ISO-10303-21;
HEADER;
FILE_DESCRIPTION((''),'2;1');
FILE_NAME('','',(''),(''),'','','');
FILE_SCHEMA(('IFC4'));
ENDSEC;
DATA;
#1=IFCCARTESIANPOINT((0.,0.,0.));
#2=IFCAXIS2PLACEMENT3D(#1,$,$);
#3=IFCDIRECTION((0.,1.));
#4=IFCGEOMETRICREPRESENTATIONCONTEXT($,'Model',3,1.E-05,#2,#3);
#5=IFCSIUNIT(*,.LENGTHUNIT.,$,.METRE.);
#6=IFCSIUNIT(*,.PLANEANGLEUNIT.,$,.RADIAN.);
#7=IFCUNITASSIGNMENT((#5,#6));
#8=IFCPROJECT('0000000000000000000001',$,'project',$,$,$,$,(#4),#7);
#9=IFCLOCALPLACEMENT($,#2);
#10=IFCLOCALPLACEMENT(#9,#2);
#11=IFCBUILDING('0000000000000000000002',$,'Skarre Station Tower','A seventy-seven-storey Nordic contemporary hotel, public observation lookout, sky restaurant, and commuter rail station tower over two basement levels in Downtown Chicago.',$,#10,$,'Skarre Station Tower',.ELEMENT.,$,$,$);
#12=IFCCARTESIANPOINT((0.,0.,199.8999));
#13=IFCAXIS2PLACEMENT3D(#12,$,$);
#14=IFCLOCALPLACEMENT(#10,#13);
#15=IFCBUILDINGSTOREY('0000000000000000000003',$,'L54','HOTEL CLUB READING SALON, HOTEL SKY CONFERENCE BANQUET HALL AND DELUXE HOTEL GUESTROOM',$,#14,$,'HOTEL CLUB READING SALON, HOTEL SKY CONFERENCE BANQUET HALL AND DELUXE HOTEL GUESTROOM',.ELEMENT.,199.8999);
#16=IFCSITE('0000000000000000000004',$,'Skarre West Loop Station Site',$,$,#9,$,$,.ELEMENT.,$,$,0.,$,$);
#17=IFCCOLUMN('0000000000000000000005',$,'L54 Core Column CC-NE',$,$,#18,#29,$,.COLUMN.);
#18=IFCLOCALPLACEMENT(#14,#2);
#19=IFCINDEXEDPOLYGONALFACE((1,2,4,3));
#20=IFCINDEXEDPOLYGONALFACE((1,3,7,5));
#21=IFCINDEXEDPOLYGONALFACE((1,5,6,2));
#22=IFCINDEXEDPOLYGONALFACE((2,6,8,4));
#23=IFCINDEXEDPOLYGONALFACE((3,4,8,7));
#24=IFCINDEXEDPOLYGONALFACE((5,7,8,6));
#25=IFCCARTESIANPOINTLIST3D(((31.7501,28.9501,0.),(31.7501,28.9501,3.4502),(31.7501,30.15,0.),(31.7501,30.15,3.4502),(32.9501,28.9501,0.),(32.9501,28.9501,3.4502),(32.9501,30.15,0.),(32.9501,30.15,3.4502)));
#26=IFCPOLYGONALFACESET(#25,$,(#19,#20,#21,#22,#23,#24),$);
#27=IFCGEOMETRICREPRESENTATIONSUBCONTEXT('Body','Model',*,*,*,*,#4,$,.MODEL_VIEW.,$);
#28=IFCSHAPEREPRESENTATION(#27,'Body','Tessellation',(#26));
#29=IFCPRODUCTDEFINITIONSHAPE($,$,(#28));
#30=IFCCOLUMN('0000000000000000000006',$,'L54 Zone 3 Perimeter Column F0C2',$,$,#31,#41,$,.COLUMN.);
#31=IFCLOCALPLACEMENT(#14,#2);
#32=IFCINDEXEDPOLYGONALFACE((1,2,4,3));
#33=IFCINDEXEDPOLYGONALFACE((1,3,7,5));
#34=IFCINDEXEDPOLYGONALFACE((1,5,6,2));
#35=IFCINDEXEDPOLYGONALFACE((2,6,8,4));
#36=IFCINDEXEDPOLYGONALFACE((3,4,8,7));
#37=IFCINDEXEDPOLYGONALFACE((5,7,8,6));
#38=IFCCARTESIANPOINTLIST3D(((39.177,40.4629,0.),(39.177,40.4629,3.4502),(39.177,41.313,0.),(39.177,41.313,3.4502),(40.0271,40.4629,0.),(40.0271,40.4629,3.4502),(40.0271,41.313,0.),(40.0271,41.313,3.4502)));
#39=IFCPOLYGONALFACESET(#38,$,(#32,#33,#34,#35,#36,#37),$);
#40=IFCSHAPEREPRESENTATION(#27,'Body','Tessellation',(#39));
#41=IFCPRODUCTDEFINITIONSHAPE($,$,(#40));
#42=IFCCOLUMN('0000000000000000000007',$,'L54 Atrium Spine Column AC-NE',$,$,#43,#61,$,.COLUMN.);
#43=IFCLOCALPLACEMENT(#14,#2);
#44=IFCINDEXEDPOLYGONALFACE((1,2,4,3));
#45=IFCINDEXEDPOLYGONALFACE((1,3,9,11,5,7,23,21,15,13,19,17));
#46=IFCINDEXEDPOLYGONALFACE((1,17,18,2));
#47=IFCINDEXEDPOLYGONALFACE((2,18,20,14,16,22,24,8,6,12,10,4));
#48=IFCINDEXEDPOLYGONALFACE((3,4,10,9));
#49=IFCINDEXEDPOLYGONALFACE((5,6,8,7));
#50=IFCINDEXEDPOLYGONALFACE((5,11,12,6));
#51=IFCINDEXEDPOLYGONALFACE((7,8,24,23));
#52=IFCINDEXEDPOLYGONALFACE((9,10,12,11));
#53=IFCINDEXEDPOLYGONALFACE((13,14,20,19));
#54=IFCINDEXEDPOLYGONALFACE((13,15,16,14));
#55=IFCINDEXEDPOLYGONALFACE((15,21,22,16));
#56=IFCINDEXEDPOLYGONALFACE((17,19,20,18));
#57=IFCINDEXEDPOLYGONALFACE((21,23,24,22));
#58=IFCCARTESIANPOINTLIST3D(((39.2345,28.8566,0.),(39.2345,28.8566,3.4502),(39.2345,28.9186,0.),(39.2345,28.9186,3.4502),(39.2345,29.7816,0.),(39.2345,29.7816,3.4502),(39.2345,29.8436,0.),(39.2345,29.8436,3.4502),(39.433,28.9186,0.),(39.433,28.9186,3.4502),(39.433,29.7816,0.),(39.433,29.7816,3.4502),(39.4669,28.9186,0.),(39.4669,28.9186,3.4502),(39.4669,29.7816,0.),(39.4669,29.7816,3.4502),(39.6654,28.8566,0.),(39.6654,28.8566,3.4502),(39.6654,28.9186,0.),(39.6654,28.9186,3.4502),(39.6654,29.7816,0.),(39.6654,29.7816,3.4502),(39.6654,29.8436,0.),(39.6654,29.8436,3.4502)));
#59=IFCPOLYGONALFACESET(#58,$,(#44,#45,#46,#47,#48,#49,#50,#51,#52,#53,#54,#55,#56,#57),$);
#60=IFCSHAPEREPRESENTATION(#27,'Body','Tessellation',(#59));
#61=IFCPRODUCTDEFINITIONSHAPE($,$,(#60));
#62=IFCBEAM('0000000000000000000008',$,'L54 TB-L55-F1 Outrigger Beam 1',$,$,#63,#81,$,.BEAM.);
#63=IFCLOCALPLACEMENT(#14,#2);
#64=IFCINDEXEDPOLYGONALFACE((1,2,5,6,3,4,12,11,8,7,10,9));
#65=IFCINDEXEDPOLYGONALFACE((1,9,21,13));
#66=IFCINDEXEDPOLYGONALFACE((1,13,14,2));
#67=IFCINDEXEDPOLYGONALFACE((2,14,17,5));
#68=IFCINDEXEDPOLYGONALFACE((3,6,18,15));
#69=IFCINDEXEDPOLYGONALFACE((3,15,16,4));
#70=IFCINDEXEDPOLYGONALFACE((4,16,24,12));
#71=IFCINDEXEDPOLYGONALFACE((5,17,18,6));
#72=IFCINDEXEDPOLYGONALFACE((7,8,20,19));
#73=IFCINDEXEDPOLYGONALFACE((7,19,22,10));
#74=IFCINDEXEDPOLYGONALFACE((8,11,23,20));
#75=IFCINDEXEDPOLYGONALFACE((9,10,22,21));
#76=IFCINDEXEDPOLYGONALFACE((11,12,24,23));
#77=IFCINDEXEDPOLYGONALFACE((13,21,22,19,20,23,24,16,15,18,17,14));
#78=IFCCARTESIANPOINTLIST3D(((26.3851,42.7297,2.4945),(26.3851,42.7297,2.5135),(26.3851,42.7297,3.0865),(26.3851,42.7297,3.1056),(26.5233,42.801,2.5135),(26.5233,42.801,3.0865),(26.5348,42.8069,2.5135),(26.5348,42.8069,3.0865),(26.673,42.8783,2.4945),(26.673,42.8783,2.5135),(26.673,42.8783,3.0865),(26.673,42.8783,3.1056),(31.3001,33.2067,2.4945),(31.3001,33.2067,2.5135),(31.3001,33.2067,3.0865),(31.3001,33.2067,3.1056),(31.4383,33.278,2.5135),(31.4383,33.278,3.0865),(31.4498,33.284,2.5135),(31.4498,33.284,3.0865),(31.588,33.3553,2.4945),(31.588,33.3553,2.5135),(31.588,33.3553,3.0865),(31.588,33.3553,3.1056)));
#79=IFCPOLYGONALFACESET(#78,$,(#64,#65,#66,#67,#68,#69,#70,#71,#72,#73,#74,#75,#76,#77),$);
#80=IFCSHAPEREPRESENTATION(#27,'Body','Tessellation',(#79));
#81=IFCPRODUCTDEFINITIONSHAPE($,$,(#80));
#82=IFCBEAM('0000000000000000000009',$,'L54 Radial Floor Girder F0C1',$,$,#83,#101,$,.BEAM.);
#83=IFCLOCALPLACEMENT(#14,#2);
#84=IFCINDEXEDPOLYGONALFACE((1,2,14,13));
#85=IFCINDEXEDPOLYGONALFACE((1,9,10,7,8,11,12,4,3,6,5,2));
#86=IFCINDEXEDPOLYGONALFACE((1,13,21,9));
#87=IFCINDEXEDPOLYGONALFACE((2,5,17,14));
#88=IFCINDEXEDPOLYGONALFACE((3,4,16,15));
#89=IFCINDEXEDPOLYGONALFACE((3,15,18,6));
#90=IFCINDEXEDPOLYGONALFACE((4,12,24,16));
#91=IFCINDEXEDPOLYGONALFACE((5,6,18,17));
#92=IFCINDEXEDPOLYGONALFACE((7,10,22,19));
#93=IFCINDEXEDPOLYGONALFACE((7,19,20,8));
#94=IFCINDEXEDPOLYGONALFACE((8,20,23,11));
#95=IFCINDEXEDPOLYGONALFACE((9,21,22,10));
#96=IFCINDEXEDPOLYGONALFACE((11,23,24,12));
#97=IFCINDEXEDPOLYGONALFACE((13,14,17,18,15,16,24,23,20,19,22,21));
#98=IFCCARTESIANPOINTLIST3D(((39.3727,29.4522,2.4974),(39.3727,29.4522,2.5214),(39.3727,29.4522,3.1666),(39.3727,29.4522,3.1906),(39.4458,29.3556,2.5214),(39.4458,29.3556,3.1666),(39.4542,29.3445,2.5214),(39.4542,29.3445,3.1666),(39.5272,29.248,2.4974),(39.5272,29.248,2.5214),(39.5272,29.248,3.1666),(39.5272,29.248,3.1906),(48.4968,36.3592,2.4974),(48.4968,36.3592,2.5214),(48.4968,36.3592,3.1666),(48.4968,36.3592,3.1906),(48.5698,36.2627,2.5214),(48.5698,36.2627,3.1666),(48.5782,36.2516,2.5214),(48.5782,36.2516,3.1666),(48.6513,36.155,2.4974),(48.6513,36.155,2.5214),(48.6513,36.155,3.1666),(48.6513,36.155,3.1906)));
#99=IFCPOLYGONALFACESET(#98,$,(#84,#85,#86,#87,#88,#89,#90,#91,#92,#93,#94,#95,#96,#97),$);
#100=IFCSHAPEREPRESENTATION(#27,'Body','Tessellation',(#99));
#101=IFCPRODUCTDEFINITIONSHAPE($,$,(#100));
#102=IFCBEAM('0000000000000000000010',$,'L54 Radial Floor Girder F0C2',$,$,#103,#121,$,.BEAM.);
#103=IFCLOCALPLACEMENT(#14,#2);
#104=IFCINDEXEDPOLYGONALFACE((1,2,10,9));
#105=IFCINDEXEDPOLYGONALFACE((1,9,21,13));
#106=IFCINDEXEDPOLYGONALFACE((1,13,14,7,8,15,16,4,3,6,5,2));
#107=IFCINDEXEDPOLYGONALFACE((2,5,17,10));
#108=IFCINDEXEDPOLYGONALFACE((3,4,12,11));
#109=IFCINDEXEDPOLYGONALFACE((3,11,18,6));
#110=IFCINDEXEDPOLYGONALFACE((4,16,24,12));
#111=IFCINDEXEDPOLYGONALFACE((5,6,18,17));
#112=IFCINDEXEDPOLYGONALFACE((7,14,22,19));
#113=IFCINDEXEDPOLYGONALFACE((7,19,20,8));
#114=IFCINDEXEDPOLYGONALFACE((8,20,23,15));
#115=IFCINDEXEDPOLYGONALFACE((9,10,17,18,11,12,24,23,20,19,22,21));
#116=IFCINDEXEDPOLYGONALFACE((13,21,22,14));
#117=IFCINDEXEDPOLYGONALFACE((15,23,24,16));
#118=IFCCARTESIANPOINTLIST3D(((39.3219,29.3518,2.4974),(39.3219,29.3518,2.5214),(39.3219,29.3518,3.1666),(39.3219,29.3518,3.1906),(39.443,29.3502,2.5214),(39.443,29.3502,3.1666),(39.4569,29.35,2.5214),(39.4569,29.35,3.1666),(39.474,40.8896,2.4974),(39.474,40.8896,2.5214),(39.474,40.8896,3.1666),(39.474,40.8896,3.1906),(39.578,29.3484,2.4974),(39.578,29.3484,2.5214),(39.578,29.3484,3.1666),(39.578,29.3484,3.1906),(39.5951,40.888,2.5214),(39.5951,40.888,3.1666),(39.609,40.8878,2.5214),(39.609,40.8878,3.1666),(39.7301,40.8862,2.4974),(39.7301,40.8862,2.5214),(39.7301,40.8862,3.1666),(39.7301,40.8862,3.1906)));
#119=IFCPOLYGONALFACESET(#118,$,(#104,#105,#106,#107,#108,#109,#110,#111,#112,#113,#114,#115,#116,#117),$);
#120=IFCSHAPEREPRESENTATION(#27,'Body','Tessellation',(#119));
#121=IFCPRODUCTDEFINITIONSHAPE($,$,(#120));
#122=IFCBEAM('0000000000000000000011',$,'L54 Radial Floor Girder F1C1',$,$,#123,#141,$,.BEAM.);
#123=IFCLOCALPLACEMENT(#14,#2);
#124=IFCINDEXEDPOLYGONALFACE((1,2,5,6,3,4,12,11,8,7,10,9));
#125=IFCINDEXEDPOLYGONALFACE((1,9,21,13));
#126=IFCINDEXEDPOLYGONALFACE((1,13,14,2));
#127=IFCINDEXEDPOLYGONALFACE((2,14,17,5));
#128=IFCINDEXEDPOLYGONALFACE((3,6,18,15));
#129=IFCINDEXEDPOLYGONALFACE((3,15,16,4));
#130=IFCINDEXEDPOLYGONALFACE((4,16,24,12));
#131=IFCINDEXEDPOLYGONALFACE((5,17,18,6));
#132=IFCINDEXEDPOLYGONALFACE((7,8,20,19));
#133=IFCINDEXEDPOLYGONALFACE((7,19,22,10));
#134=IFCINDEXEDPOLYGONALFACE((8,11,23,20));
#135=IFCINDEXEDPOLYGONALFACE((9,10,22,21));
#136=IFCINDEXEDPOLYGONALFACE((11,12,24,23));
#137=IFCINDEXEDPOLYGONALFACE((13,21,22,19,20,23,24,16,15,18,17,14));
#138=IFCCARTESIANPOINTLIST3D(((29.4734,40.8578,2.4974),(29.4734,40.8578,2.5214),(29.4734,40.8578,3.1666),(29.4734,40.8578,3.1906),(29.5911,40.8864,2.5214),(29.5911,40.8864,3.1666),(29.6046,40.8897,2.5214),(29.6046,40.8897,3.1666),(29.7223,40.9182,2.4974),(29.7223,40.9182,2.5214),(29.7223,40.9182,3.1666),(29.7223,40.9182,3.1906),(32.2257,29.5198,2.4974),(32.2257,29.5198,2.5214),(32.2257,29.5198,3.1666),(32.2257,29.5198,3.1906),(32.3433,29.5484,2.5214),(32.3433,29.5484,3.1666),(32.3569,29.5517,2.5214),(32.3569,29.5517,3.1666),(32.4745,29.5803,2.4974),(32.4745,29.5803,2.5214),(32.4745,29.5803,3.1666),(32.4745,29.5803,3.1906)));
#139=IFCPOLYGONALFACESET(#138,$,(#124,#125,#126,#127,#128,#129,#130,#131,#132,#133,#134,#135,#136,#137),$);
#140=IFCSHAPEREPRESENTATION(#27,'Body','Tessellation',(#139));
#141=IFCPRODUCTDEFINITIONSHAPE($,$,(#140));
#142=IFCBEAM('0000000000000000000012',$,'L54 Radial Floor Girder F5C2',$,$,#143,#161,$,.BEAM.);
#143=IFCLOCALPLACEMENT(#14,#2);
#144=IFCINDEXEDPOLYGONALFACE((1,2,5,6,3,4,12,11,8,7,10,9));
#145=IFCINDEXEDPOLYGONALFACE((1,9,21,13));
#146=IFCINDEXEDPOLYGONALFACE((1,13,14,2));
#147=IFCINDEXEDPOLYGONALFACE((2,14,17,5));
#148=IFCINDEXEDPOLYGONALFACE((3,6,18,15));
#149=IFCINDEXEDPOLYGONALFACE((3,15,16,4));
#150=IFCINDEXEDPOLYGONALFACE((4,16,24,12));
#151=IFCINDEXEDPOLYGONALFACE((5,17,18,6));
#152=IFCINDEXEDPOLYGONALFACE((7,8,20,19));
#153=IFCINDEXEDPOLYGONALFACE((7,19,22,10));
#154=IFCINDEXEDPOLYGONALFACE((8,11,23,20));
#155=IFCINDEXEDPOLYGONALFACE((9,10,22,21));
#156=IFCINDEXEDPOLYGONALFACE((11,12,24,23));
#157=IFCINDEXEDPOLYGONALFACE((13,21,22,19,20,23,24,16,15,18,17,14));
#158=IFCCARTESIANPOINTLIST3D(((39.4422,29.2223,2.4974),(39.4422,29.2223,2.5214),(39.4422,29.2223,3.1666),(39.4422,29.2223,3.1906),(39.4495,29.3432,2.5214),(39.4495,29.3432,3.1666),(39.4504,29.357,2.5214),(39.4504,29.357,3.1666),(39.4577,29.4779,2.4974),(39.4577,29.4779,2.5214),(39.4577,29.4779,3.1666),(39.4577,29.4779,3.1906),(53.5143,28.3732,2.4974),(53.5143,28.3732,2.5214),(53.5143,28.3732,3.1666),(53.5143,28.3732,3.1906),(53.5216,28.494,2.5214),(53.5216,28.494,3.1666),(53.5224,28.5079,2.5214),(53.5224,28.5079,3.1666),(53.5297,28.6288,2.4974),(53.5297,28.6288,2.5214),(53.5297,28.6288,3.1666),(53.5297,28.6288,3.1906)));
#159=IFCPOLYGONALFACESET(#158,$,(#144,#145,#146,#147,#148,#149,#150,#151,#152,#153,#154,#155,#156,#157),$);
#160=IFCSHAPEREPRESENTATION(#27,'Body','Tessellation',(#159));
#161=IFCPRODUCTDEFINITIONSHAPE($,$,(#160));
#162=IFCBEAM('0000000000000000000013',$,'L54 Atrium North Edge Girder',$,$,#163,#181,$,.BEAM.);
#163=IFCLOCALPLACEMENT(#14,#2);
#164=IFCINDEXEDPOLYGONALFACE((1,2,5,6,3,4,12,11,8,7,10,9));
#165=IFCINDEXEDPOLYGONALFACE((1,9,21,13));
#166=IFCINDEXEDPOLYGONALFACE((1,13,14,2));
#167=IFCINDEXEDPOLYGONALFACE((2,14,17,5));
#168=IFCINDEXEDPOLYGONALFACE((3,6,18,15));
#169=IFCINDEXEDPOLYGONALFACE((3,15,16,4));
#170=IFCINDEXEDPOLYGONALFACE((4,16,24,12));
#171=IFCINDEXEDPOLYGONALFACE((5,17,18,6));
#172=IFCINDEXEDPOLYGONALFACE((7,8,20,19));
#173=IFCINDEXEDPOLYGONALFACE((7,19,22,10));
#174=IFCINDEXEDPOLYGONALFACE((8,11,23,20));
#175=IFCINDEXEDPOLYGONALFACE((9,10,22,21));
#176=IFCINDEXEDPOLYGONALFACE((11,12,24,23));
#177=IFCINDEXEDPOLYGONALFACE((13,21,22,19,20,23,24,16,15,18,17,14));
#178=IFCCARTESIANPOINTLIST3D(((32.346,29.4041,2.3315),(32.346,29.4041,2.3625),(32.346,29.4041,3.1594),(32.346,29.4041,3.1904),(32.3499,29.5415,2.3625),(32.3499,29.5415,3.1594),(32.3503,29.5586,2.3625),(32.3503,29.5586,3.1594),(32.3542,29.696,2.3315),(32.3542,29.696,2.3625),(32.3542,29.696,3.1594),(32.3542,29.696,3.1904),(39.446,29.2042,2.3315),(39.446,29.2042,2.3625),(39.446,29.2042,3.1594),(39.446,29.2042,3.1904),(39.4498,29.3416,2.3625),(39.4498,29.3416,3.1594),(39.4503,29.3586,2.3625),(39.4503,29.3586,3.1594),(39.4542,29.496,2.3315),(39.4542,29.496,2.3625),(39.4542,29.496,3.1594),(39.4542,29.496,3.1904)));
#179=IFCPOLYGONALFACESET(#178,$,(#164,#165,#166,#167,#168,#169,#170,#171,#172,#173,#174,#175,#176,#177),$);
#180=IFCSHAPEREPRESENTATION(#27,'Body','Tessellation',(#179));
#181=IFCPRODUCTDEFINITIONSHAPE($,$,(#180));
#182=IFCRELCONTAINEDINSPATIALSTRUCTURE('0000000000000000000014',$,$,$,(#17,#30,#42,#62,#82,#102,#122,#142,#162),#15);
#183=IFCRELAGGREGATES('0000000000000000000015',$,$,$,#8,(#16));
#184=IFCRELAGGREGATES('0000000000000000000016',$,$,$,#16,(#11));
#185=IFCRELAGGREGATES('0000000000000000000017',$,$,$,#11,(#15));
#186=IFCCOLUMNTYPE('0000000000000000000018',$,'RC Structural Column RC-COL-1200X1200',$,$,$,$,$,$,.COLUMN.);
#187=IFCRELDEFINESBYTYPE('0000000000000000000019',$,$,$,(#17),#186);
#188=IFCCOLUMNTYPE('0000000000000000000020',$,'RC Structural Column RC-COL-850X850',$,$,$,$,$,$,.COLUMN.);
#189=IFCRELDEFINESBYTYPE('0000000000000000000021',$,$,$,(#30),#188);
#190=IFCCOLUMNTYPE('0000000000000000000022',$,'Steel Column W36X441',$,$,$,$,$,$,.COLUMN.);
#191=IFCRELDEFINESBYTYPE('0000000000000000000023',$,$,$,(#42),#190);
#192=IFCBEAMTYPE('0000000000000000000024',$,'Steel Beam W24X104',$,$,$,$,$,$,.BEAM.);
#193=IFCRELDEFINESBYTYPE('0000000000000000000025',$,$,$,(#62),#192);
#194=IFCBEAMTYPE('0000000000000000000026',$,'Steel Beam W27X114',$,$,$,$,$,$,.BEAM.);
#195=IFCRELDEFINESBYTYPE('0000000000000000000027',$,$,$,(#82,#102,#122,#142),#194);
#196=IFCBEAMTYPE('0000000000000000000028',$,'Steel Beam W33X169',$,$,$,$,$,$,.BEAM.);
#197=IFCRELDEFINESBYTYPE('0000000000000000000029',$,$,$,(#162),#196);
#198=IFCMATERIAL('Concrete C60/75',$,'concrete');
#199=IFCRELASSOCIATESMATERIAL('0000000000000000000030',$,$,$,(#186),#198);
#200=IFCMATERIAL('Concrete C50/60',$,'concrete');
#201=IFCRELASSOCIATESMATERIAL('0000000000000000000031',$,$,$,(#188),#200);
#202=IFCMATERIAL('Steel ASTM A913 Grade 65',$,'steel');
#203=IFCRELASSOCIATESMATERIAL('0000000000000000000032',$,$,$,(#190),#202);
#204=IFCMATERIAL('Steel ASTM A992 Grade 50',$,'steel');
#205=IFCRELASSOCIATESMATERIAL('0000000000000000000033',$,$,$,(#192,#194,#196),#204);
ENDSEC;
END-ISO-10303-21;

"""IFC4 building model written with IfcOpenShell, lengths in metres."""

from ifc_helpers import new_model, si_unit, direction, frame, origin, origin_2d, place, context, subcontext, project, spatial, rectangle, i_section, extrude, material, material_profile, profile_set, type_object, element, save


model = new_model("IFC4")

# Units and contexts
model_context = context("Model", 3, precision=1e-05, world=origin(), true_north=direction((0.0, 1.0)))
body_context = subcontext(model_context, "Body", "Model", "MODEL_VIEW")
ifc_project = project(units=[si_unit("LENGTHUNIT", "METRE"), si_unit("PLANEANGLEUNIT", "RADIAN")], contexts=[model_context])

# Site, building, storey
site_placement = place(None, origin())
site = spatial("IfcSite", under=ifc_project, at=site_placement, Name="Skarre West Loop Station Site", CompositionType="ELEMENT", RefElevation=0.0)
building_placement = place(site_placement, origin())
building = spatial("IfcBuilding", under=site, at=building_placement, Name="Skarre Station Tower", Description="A seventy-seven-storey Nordic contemporary hotel, public observation lookout, sky restaurant, and commuter rail station tower over two basement levels in Downtown Chicago.", LongName="Skarre Station Tower", CompositionType="ELEMENT")
storey_placement = place(building_placement, frame((0.0, 0.0, 199.8999)))
storey = spatial("IfcBuildingStorey", under=building, at=storey_placement, Name="L54", Description="HOTEL CLUB READING SALON, HOTEL SKY CONFERENCE BANQUET HALL AND DELUXE HOTEL GUESTROOM", LongName="HOTEL CLUB READING SALON, HOTEL SKY CONFERENCE BANQUET HALL AND DELUXE HOTEL GUESTROOM", CompositionType="ELEMENT", Elevation=199.8999)

# Columns
ifc_material_1 = material(Name="Concrete C60/75", Category="concrete")
ifc_material_profile_1 = material_profile(ifc_material_1, rectangle(XDim=1.2, YDim=1.2, at=origin_2d()), Name="Concrete C60/75")
ifc_profile_set_1 = profile_set([ifc_material_profile_1], Name="Concrete C60/75")
column_type_1 = type_object("IfcColumnType", Name="RC Structural Column RC-COL-1200X1200", PredefinedType="COLUMN", material=ifc_profile_set_1)
column_1_placement = place(storey_placement, frame((32.3501, 29.55, 0.0), z_axis=(0.0, 0.0, 1.0), x_axis=(1.0, 0.0, 0.0)))
element("IfcColumn", 1, at=column_1_placement, inside=storey, type_object=column_type_1, Name="L54 Core Column CC-NE", PredefinedType="COLUMN", context=body_context, shape_type="SweptSolid", body=[
    extrude(rectangle(XDim=1.2, YDim=1.2, at=origin_2d()), origin(), (0.0, 0.0, 1.0), 3.4502),
])
ifc_material_2 = material(Name="Concrete C50/60", Category="concrete")
ifc_material_profile_2 = material_profile(ifc_material_2, rectangle(XDim=0.8501, YDim=0.8501, at=origin_2d()), Name="Concrete C50/60")
ifc_profile_set_2 = profile_set([ifc_material_profile_2], Name="Concrete C50/60")
column_type_2 = type_object("IfcColumnType", Name="RC Structural Column RC-COL-850X850", PredefinedType="COLUMN", material=ifc_profile_set_2)
column_2_placement = place(storey_placement, frame((39.6021, 40.8879, 0.0), z_axis=(0.0, 0.0, 1.0), x_axis=(1.0, 0.0, 0.0)))
element("IfcColumn", 2, at=column_2_placement, inside=storey, type_object=column_type_2, Name="L54 Zone 3 Perimeter Column F0C2", PredefinedType="COLUMN", context=body_context, shape_type="SweptSolid", body=[
    extrude(rectangle(XDim=0.8501, YDim=0.8501, at=origin_2d()), origin(), (0.0, 0.0, 1.0), 3.4502),
])
ifc_material_3 = material(Name="Steel ASTM A913 Grade 65", Category="steel")
ifc_material_profile_3 = material_profile(ifc_material_3, i_section(OverallWidth=0.4309, OverallDepth=0.9871, WebThickness=0.0339, FlangeThickness=0.062, at=origin_2d()), Name="Steel ASTM A913 Grade 65")
ifc_profile_set_3 = profile_set([ifc_material_profile_3], Name="Steel ASTM A913 Grade 65")
column_type_3 = type_object("IfcColumnType", Name="Steel Column W36X441", PredefinedType="COLUMN", material=ifc_profile_set_3)
column_3_placement = place(storey_placement, frame((39.45, 29.3501, 0.0), z_axis=(0.0, 0.0, 1.0), x_axis=(1.0, 0.0, 0.0)))
element("IfcColumn", 3, at=column_3_placement, inside=storey, type_object=column_type_3, Name="L54 Atrium Spine Column AC-NE", PredefinedType="COLUMN", context=body_context, shape_type="SweptSolid", body=[
    extrude(i_section(OverallWidth=0.4309, OverallDepth=0.9871, WebThickness=0.0339, FlangeThickness=0.062, at=origin_2d()), origin(), (0.0, 0.0, 1.0), 3.4502),
])

# Beams
ifc_material_4 = material(Name="Steel ASTM A992 Grade 50", Category="steel")
ifc_material_profile_4 = material_profile(ifc_material_4, i_section(OverallWidth=0.324, OverallDepth=0.6111, WebThickness=0.0129, FlangeThickness=0.019, at=origin_2d()), Name="Steel ASTM A992 Grade 50")
ifc_profile_set_4 = profile_set([ifc_material_profile_4], Name="Steel ASTM A992 Grade 50")
beam_type_1 = type_object("IfcBeamType", Name="Steel Beam W24X104", PredefinedType="BEAM", material=ifc_profile_set_4)
beam_1_placement = place(storey_placement, frame((31.4441, 33.281, 2.8), z_axis=(-0.458641, 0.888622, 0.0), x_axis=(-0.888622, -0.458641, 0.0)))
element("IfcBeam", 4, at=beam_1_placement, inside=storey, type_object=beam_type_1, Name="L54 TB-L55-F1 Outrigger Beam 1", PredefinedType="BEAM", context=body_context, shape_type="SweptSolid", body=[
    extrude(i_section(OverallWidth=0.324, OverallDepth=0.6111, WebThickness=0.0129, FlangeThickness=0.019, at=origin_2d()), origin(), (0.0, 0.0, 1.0), 10.7166),
])
ifc_material_profile_5 = material_profile(ifc_material_4, i_section(OverallWidth=0.2561, OverallDepth=0.6931, WebThickness=0.0139, FlangeThickness=0.0239, at=origin_2d()), Name="Steel ASTM A992 Grade 50")
ifc_profile_set_5 = profile_set([ifc_material_profile_5], Name="Steel ASTM A992 Grade 50")
beam_type_2 = type_object("IfcBeamType", Name="Steel Beam W27X114", PredefinedType="BEAM", material=ifc_profile_set_5)
beam_2_placement = place(storey_placement, frame((39.45, 29.3501, 2.844), z_axis=(0.797309, 0.603571, 0.0), x_axis=(-0.603571, 0.797309, 0.0)))
element("IfcBeam", 5, at=beam_2_placement, inside=storey, type_object=beam_type_2, Name="L54 Radial Floor Girder F0C1", PredefinedType="BEAM", context=body_context, shape_type="SweptSolid", body=[
    extrude(i_section(OverallWidth=0.2561, OverallDepth=0.6931, WebThickness=0.0139, FlangeThickness=0.0239, at=origin_2d()), origin(), (0.0, 0.0, 1.0), 11.4436),
])
beam_3_placement = place(storey_placement, frame((39.45, 29.3501, 2.844), z_axis=(0.013182, 0.999913, 0.0), x_axis=(-0.999913, 0.013182, 0.0)))
element("IfcBeam", 6, at=beam_3_placement, inside=storey, type_object=beam_type_2, Name="L54 Radial Floor Girder F0C2", PredefinedType="BEAM", context=body_context, shape_type="SweptSolid", body=[
    extrude(i_section(OverallWidth=0.2561, OverallDepth=0.6931, WebThickness=0.0139, FlangeThickness=0.0239, at=origin_2d()), origin(), (0.0, 0.0, 1.0), 11.5388),
])
beam_4_placement = place(storey_placement, frame((32.3501, 29.55, 2.844), z_axis=(-0.235893, 0.971779, 0.0), x_axis=(-0.971779, -0.235893, 0.0)))
element("IfcBeam", 7, at=beam_4_placement, inside=storey, type_object=beam_type_2, Name="L54 Radial Floor Girder F1C1", PredefinedType="BEAM", context=body_context, shape_type="SweptSolid", body=[
    extrude(i_section(OverallWidth=0.2561, OverallDepth=0.6931, WebThickness=0.0139, FlangeThickness=0.0239, at=origin_2d()), origin(), (0.0, 0.0, 1.0), 11.6672),
])
beam_5_placement = place(storey_placement, frame((39.45, 29.3501, 2.844), z_axis=(0.998184, -0.060232, 0.0), x_axis=(0.060232, 0.998184, 0.0)))
element("IfcBeam", 8, at=beam_5_placement, inside=storey, type_object=beam_type_2, Name="L54 Radial Floor Girder F5C2", PredefinedType="BEAM", context=body_context, shape_type="SweptSolid", body=[
    extrude(i_section(OverallWidth=0.2561, OverallDepth=0.6931, WebThickness=0.0139, FlangeThickness=0.0239, at=origin_2d()), origin(), (0.0, 0.0, 1.0), 14.0977),
])
ifc_material_profile_6 = material_profile(ifc_material_4, i_section(OverallWidth=0.292, OverallDepth=0.8589, WebThickness=0.0171, FlangeThickness=0.031, at=origin_2d()), Name="Steel ASTM A992 Grade 50")
ifc_profile_set_6 = profile_set([ifc_material_profile_6], Name="Steel ASTM A992 Grade 50")
beam_type_3 = type_object("IfcBeamType", Name="Steel Beam W33X169", PredefinedType="BEAM", material=ifc_profile_set_6)
beam_6_placement = place(storey_placement, frame((32.3501, 29.55, 2.761), z_axis=(0.999604, -0.028152, 0.0), x_axis=(0.028152, 0.999604, 0.0)))
element("IfcBeam", 9, at=beam_6_placement, inside=storey, type_object=beam_type_3, Name="L54 Atrium North Edge Girder", PredefinedType="BEAM", context=body_context, shape_type="SweptSolid", body=[
    extrude(i_section(OverallWidth=0.292, OverallDepth=0.8589, WebThickness=0.0171, FlangeThickness=0.031, at=origin_2d()), origin(), (0.0, 0.0, 1.0), 7.1028),
])

save(model, "model.ifc")
